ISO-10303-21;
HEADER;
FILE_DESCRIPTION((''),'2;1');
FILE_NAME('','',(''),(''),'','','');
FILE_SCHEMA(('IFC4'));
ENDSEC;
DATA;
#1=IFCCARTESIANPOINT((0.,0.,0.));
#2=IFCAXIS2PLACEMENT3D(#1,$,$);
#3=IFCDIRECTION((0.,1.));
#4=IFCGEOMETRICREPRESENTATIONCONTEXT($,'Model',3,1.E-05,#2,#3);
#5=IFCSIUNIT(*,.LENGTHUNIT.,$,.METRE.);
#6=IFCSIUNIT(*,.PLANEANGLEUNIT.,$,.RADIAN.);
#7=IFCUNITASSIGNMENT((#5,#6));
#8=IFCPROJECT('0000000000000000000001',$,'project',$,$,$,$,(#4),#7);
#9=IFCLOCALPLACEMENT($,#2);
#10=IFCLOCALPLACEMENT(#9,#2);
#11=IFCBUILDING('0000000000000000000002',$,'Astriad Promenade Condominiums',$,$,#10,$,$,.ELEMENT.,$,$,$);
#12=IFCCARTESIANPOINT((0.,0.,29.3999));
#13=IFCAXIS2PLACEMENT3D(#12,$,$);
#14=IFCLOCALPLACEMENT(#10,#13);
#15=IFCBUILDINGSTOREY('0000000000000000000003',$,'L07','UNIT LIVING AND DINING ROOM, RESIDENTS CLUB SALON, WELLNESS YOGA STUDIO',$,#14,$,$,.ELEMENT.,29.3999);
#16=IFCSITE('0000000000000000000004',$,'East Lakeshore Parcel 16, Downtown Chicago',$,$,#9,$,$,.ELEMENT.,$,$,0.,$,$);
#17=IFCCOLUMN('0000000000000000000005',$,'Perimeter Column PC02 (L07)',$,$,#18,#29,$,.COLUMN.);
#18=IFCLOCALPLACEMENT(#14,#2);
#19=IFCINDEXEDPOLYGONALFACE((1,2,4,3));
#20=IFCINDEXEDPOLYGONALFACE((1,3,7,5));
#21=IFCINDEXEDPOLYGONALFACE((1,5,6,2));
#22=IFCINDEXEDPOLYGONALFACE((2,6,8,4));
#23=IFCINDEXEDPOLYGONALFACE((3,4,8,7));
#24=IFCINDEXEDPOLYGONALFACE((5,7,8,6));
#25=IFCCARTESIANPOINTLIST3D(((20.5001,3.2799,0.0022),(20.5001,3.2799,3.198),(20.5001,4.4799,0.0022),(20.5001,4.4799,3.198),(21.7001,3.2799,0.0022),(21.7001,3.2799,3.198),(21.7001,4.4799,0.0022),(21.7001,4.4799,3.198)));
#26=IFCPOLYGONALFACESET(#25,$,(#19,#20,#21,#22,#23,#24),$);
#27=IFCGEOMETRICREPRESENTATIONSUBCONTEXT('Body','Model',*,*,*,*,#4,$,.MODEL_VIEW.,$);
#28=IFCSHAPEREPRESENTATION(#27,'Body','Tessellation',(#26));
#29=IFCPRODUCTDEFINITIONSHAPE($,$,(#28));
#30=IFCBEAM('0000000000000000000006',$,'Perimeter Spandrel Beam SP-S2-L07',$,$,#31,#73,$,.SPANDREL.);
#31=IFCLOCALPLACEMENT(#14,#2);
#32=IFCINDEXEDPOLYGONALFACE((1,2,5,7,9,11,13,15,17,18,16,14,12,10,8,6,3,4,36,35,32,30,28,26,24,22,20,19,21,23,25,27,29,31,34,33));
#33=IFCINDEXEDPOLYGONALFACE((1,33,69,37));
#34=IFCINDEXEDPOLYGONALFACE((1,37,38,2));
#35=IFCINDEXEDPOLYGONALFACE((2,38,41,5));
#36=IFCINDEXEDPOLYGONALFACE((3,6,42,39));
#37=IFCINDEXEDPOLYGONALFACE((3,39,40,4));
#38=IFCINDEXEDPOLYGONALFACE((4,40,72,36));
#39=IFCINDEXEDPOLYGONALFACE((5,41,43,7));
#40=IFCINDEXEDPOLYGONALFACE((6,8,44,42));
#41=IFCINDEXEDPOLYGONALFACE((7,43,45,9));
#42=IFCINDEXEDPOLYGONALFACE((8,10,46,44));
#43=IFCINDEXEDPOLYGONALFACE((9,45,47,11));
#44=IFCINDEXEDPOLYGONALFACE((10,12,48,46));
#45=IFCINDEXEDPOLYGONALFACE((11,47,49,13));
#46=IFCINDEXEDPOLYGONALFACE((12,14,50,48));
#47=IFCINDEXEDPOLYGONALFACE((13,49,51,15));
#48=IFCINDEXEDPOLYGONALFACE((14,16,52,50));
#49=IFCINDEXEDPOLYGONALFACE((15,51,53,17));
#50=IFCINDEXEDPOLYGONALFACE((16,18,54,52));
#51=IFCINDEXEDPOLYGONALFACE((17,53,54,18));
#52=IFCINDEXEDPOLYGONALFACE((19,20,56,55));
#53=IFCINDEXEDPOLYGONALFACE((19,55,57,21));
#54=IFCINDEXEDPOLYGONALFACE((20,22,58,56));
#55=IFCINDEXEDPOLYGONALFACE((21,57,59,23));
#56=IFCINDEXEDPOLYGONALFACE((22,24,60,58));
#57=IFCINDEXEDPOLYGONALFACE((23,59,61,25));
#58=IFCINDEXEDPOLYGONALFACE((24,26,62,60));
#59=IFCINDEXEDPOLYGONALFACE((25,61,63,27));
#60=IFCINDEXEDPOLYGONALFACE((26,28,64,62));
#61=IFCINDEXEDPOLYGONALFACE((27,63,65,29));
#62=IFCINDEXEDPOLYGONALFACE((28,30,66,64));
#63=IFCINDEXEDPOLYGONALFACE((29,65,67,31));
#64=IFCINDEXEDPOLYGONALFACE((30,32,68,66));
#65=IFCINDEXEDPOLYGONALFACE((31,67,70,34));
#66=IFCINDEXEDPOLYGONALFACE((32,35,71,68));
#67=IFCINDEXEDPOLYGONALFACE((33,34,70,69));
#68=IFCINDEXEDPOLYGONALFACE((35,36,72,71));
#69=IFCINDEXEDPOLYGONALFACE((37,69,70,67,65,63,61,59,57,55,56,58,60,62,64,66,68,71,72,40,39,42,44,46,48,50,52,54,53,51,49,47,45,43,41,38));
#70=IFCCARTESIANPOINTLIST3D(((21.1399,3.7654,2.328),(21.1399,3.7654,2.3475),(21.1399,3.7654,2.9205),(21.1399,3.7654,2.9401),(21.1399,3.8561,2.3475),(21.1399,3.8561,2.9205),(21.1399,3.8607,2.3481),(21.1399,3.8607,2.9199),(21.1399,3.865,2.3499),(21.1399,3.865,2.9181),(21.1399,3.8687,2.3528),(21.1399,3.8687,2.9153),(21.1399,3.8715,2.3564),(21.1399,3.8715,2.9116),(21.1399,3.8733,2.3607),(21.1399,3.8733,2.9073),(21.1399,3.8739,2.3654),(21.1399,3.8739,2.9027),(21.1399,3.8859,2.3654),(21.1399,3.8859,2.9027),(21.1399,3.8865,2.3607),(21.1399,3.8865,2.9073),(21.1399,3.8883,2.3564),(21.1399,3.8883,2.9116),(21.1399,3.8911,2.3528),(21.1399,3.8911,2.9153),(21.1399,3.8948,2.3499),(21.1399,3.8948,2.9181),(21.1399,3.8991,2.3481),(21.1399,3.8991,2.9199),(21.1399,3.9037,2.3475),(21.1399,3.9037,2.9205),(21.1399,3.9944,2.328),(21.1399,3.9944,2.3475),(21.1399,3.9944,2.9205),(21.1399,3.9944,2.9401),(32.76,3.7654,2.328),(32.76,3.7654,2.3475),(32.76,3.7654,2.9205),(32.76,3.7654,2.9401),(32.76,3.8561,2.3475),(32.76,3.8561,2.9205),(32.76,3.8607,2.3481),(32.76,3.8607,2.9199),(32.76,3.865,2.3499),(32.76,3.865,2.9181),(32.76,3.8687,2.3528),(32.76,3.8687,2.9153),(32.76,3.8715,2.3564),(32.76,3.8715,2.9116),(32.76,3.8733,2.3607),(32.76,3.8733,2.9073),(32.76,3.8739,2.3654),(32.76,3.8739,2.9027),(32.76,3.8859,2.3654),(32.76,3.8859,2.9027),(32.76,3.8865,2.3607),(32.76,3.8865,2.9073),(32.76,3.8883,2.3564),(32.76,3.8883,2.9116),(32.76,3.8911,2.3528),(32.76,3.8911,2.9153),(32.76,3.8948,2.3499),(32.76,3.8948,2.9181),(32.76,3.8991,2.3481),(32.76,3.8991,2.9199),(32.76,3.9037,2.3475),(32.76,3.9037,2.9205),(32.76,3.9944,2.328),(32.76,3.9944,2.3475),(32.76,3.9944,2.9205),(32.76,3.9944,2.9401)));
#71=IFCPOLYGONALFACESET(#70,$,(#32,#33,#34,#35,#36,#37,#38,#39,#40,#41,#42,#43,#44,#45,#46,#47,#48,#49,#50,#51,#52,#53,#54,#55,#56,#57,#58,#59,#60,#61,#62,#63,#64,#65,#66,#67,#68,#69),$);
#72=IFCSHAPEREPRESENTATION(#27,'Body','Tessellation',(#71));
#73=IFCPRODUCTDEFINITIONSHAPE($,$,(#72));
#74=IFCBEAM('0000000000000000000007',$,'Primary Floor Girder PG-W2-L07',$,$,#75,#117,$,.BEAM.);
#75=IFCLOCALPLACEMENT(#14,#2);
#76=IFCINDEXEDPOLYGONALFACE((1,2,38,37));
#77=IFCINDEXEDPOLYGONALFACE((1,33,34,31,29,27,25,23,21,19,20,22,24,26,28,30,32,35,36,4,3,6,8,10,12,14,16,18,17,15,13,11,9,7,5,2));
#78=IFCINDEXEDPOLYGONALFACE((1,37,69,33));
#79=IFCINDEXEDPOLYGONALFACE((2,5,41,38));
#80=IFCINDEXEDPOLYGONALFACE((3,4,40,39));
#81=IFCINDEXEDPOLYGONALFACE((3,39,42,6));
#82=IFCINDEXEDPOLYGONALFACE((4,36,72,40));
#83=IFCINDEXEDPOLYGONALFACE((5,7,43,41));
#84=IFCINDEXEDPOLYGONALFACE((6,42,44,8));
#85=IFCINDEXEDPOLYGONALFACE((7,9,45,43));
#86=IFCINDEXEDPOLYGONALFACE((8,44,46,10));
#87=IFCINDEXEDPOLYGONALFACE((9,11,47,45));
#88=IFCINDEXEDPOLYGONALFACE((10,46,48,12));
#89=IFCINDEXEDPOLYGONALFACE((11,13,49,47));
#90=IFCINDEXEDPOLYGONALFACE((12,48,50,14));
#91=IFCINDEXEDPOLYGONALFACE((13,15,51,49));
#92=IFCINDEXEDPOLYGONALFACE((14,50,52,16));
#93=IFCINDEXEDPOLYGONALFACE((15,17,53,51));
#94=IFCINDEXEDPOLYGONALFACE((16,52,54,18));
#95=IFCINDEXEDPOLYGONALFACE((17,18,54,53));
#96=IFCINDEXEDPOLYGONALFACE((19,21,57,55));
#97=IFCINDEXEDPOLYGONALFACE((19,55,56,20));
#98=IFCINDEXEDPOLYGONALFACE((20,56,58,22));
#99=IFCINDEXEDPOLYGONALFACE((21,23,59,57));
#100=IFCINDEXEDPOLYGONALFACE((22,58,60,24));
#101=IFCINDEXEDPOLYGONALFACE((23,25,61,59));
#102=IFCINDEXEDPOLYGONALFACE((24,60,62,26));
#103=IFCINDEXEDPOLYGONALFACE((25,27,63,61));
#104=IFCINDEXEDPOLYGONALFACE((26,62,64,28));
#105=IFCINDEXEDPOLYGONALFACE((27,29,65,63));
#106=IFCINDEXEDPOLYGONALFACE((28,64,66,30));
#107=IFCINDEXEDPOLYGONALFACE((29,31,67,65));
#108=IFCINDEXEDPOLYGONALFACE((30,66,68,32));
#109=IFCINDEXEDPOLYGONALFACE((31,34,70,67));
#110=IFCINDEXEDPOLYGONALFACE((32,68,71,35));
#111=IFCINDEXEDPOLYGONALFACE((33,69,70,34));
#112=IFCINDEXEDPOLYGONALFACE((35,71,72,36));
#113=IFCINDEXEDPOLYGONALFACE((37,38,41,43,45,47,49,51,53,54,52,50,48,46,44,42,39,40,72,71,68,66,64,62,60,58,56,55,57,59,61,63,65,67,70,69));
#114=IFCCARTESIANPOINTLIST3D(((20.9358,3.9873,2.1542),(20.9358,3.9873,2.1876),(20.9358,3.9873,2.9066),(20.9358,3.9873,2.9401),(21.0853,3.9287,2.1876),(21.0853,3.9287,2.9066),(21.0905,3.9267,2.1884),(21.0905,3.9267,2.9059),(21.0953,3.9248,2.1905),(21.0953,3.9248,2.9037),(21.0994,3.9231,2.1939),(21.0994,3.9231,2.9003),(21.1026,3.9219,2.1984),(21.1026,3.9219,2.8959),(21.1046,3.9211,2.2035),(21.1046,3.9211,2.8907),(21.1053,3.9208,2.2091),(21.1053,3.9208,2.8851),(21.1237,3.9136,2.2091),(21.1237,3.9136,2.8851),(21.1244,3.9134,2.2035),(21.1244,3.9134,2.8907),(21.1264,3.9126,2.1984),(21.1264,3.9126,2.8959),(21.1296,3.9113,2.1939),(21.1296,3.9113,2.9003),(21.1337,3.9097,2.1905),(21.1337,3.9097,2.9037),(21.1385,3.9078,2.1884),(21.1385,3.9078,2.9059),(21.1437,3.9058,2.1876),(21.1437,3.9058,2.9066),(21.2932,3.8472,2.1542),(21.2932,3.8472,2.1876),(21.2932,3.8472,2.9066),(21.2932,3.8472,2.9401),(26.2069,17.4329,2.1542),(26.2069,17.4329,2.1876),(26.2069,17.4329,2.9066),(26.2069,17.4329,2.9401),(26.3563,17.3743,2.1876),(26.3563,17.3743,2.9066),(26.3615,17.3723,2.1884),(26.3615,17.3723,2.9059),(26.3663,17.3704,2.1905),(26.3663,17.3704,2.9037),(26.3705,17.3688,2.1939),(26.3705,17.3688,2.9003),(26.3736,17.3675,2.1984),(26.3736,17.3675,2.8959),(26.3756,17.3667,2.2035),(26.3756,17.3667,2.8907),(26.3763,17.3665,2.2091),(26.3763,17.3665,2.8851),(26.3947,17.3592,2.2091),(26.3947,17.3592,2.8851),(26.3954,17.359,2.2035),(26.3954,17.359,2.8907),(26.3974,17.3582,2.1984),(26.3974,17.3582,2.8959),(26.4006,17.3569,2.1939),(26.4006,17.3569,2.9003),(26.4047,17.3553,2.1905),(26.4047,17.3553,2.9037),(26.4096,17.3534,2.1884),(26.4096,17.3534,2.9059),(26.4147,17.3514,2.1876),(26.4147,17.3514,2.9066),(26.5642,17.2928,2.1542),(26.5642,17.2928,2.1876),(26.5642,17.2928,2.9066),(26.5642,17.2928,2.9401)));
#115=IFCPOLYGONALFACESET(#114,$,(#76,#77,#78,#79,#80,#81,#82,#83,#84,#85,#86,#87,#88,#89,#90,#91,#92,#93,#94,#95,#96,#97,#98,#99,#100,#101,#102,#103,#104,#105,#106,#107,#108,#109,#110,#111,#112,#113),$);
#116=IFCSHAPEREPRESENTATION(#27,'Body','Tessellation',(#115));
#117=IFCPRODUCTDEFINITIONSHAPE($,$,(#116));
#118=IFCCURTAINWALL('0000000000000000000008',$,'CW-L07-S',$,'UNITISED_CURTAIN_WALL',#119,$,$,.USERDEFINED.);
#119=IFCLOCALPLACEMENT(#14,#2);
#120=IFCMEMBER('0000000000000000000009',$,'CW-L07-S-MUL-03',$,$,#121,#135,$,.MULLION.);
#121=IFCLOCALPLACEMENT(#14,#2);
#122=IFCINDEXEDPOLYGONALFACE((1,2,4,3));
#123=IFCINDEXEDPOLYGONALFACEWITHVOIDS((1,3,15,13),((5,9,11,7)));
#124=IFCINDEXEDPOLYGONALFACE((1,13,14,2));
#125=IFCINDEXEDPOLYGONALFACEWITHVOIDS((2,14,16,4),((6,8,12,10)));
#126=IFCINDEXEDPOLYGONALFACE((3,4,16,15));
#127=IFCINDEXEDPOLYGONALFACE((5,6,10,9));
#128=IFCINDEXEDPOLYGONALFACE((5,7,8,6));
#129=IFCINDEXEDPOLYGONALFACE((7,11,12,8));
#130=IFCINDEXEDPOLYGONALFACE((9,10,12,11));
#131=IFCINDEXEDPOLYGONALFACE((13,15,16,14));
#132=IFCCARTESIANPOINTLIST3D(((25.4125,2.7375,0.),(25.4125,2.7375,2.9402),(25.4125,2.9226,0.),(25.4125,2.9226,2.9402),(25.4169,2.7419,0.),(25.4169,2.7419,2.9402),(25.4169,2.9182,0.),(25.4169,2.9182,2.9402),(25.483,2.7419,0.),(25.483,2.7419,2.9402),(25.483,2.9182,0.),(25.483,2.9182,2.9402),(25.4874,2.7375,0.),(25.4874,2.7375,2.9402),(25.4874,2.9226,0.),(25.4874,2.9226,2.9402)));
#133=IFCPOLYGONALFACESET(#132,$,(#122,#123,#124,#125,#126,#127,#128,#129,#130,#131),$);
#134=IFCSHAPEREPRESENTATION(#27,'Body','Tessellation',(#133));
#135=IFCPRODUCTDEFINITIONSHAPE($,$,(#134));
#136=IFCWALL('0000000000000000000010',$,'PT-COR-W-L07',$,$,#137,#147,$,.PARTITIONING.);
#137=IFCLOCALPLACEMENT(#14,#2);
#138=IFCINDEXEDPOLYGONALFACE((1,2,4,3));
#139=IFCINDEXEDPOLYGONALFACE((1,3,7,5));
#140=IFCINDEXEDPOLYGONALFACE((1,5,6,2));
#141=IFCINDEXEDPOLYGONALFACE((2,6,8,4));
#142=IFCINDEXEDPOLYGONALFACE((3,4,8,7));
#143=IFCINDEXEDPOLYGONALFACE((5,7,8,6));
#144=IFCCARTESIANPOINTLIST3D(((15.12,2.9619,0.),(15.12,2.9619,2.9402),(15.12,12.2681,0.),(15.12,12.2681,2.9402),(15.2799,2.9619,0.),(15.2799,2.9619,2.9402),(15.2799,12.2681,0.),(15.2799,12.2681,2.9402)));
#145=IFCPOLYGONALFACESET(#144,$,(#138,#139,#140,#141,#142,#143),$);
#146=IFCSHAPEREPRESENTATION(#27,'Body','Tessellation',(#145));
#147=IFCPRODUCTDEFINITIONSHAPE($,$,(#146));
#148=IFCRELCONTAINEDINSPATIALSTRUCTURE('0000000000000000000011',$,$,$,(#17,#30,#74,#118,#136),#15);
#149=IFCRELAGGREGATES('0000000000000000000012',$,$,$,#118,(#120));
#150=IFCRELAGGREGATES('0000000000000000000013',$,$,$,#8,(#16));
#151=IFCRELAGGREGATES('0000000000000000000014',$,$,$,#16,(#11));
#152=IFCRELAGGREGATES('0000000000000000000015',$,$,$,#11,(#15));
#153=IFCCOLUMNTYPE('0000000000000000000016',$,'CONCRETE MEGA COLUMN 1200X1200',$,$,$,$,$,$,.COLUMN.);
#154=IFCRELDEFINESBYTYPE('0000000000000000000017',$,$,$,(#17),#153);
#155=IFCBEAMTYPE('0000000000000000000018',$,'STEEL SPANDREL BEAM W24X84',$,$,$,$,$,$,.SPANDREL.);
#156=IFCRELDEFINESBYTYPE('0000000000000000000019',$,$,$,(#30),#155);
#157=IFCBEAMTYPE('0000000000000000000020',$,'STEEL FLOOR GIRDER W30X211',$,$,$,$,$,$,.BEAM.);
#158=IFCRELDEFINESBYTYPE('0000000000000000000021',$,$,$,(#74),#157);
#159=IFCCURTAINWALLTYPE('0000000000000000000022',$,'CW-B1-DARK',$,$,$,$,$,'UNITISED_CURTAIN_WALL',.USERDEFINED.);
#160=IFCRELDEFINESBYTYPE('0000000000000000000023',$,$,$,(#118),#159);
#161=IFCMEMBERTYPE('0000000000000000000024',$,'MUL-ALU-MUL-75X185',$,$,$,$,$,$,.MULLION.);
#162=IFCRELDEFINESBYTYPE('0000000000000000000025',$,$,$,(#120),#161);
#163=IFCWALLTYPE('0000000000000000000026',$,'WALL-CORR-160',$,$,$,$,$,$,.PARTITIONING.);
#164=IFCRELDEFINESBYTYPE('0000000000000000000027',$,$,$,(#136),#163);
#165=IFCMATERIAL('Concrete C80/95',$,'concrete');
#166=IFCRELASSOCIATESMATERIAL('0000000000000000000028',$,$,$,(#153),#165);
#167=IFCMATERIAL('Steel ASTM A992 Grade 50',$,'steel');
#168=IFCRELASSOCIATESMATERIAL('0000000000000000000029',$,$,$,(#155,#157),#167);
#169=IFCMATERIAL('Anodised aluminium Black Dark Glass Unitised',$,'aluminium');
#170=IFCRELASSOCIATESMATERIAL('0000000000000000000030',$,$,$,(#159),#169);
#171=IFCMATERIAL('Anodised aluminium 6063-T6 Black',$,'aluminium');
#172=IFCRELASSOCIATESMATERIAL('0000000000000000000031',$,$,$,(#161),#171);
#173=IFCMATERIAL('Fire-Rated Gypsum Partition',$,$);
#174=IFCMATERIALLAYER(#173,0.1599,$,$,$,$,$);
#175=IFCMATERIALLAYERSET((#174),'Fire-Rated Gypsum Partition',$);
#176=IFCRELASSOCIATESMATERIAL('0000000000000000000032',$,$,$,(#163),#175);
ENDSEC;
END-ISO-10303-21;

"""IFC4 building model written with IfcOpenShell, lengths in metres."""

from ifc_helpers import new_model, si_unit, direction, frame, frame_2d, origin, origin_2d, place, context, subcontext, project, spatial, rectangle, hollow_rectangle, i_section, extrude, source, transform, mapped, material, layer, layer_set, material_profile, profile_set, type_object, type_shapes, element, aggregate, save


model = new_model("IFC4")

# Units and contexts
model_context = context("Model", 3, precision=1e-05, world=origin(), true_north=direction((0.0, 1.0)))
body_context = subcontext(model_context, "Body", "Model", "MODEL_VIEW")
ifc_project = project(units=[si_unit("LENGTHUNIT", "METRE"), si_unit("PLANEANGLEUNIT", "RADIAN")], contexts=[model_context])

# Site, building, storey
site_placement = place(None, origin())
site = spatial("IfcSite", under=ifc_project, at=site_placement, Name="East Lakeshore Parcel 16, Downtown Chicago", CompositionType="ELEMENT", RefElevation=0.0)
building_placement = place(site_placement, origin())
building = spatial("IfcBuilding", under=site, at=building_placement, Name="Astriad Promenade Condominiums", CompositionType="ELEMENT")
storey_placement = place(building_placement, frame((0.0, 0.0, 29.3999)))
storey = spatial("IfcBuildingStorey", under=building, at=storey_placement, Name="L07", Description="UNIT LIVING AND DINING ROOM, RESIDENTS CLUB SALON, WELLNESS YOGA STUDIO", CompositionType="ELEMENT", Elevation=29.3999)

# Column
ifc_material_1 = material(Name="Concrete C80/95", Category="concrete")
ifc_material_profile_1 = material_profile(ifc_material_1, rectangle(XDim=1.2, YDim=1.2, at=origin_2d()), Name="RC-COL-1200X1200")
ifc_profile_set_1 = profile_set([ifc_material_profile_1], Name="Concrete C80/95")
column_type = type_object("IfcColumnType", Name="CONCRETE MEGA COLUMN 1200X1200", PredefinedType="COLUMN", material=ifc_profile_set_1)
shared_shape_1 = source(origin(), body_context, "Body", "SweptSolid", [
    extrude(rectangle(XDim=1.2, YDim=1.2, at=origin_2d()), origin(), (0.0, 0.0, 1.0), 3.1958),
])
type_shapes(column_type, [shared_shape_1])
column_placement = place(storey_placement, frame((21.1001, 3.8799, 0.0022), z_axis=(0.0, 0.0, 1.0), x_axis=(1.0, 0.0, 0.0)))
element("IfcColumn", 1, at=column_placement, inside=storey, type_object=column_type, Name="Perimeter Column PC02 (L07)", PredefinedType="COLUMN", context=body_context, shape_type="MappedRepresentation", body=[
    mapped(shared_shape_1, transform((0.0, 0.0, 0.0), scale=1.0)),
])

# Beams
ifc_material_2 = material(Name="Steel ASTM A992 Grade 50", Category="steel")
ifc_material_profile_2 = material_profile(ifc_material_2, i_section(OverallWidth=0.229, OverallDepth=0.6121, WebThickness=0.012, FlangeThickness=0.0195, FilletRadius=0.0178, at=origin_2d()), Name="W24X84")
ifc_profile_set_2 = profile_set([ifc_material_profile_2], Name="Steel ASTM A992 Grade 50")
beam_type_1 = type_object("IfcBeamType", Name="STEEL SPANDREL BEAM W24X84", PredefinedType="SPANDREL", material=ifc_profile_set_2)
shared_shape_2 = source(origin(), body_context, "Body", "SweptSolid", [
    extrude(i_section(OverallWidth=0.229, OverallDepth=0.6121, WebThickness=0.012, FlangeThickness=0.0195, FilletRadius=0.0178, at=origin_2d()), origin(), (0.0, 0.0, 1.0), 11.6201),
])
type_shapes(beam_type_1, [shared_shape_2])
beam_1_placement = place(storey_placement, frame((21.1399, 3.8799, 2.634), z_axis=(1.0, 0.0, 0.0), x_axis=(0.0, 1.0, 0.0)))
element("IfcBeam", 2, at=beam_1_placement, inside=storey, type_object=beam_type_1, Name="Perimeter Spandrel Beam SP-S2-L07", PredefinedType="SPANDREL", context=body_context, shape_type="MappedRepresentation", body=[
    mapped(shared_shape_2, transform((0.0, 0.0, 0.0), scale=1.0)),
])
ifc_material_profile_3 = material_profile(ifc_material_2, i_section(OverallWidth=0.3838, OverallDepth=0.7859, WebThickness=0.0198, FlangeThickness=0.0334, FilletRadius=0.0215, at=origin_2d()), Name="W30X211")
ifc_profile_set_3 = profile_set([ifc_material_profile_3], Name="Steel ASTM A992 Grade 50")
beam_type_2 = type_object("IfcBeamType", Name="STEEL FLOOR GIRDER W30X211", PredefinedType="BEAM", material=ifc_profile_set_3)
shared_shape_3 = source(origin(), body_context, "Body", "SweptSolid", [
    extrude(i_section(OverallWidth=0.3838, OverallDepth=0.7859, WebThickness=0.0198, FlangeThickness=0.0334, FilletRadius=0.0215, at=origin_2d()), origin(), (0.0, 0.0, 1.0), 14.4419),
])
type_shapes(beam_type_2, [shared_shape_3])
beam_2_placement = place(storey_placement, frame((21.1145, 3.9172, 2.5471), z_axis=(0.364981, 0.931015, 0.0), x_axis=(-0.931015, 0.364981, 0.0)))
element("IfcBeam", 3, at=beam_2_placement, inside=storey, type_object=beam_type_2, Name="Primary Floor Girder PG-W2-L07", PredefinedType="BEAM", context=body_context, shape_type="MappedRepresentation", body=[
    mapped(shared_shape_3, transform((0.0, 0.0, 0.0), scale=1.0)),
])

# Curtain wall, member
ifc_material_3 = material(Name="Anodised aluminium Black Dark Glass Unitised", Category="aluminium")
curtain_wall_type = type_object("IfcCurtainWallType", Name="CW-B1-DARK", ElementType="UNITISED_CURTAIN_WALL", PredefinedType="USERDEFINED", material=ifc_material_3)
curtain_wall_placement = place(storey_placement, origin())
curtain_wall = element("IfcCurtainWall", 4, at=curtain_wall_placement, inside=storey, type_object=curtain_wall_type, Name="CW-L07-S", ObjectType="UNITISED_CURTAIN_WALL", PredefinedType="USERDEFINED")
ifc_material_4 = material(Name="Anodised aluminium 6063-T6 Black", Category="aluminium")
ifc_material_profile_4 = material_profile(ifc_material_4, hollow_rectangle(XDim=0.075, YDim=0.1851, WallThickness=0.0044, at=origin_2d()), Name="ALU-MUL-75X185")
ifc_profile_set_4 = profile_set([ifc_material_profile_4], Name="Anodised aluminium 6063-T6 Black")
member_type = type_object("IfcMemberType", Name="MUL-ALU-MUL-75X185", PredefinedType="MULLION", material=ifc_profile_set_4)
shared_shape_4 = source(origin(), body_context, "Body", "SweptSolid", [
    extrude(hollow_rectangle(XDim=0.075, YDim=0.1851, WallThickness=0.0044, at=origin_2d()), origin(), (0.0, 0.0, 1.0), 2.9402),
])
type_shapes(member_type, [shared_shape_4])
member_placement = place(storey_placement, frame((25.45, 2.8301, 0.0), z_axis=(0.0, 0.0, 1.0), x_axis=(1.0, 0.0, 0.0)))
member = element("IfcMember", 5, at=member_placement, type_object=member_type, Name="CW-L07-S-MUL-03", PredefinedType="MULLION", context=body_context, shape_type="MappedRepresentation", body=[
    mapped(shared_shape_4, transform((0.0, 0.0, 0.0), scale=1.0)),
])
aggregate(curtain_wall, [member])

# Wall
ifc_material_5 = material(Name="Fire-Rated Gypsum Partition")
ifc_layer_1 = layer(ifc_material_5, 0.1599)
ifc_layer_set_1 = layer_set([ifc_layer_1], Name="Fire-Rated Gypsum Partition")
wall_type_1 = type_object("IfcWallType", Name="WALL-CORR-160", PredefinedType="PARTITIONING", material=ifc_layer_set_1)
wall_1_placement = place(storey_placement, frame((15.2, 2.9619, 0.0), z_axis=(0.0, 0.0, 1.0), x_axis=(0.0, 1.0, 0.0)))
element("IfcWall", 6, at=wall_1_placement, inside=storey, type_object=wall_type_1, Name="PT-COR-W-L07", PredefinedType="PARTITIONING", context=body_context, shape_type="SweptSolid", body=[
    extrude(rectangle(XDim=9.3062, YDim=0.1599, at=frame_2d((4.6531, 0.0))), origin(), (0.0, 0.0, 1.0), 2.9402),
])

save(model, "model.ifc")
